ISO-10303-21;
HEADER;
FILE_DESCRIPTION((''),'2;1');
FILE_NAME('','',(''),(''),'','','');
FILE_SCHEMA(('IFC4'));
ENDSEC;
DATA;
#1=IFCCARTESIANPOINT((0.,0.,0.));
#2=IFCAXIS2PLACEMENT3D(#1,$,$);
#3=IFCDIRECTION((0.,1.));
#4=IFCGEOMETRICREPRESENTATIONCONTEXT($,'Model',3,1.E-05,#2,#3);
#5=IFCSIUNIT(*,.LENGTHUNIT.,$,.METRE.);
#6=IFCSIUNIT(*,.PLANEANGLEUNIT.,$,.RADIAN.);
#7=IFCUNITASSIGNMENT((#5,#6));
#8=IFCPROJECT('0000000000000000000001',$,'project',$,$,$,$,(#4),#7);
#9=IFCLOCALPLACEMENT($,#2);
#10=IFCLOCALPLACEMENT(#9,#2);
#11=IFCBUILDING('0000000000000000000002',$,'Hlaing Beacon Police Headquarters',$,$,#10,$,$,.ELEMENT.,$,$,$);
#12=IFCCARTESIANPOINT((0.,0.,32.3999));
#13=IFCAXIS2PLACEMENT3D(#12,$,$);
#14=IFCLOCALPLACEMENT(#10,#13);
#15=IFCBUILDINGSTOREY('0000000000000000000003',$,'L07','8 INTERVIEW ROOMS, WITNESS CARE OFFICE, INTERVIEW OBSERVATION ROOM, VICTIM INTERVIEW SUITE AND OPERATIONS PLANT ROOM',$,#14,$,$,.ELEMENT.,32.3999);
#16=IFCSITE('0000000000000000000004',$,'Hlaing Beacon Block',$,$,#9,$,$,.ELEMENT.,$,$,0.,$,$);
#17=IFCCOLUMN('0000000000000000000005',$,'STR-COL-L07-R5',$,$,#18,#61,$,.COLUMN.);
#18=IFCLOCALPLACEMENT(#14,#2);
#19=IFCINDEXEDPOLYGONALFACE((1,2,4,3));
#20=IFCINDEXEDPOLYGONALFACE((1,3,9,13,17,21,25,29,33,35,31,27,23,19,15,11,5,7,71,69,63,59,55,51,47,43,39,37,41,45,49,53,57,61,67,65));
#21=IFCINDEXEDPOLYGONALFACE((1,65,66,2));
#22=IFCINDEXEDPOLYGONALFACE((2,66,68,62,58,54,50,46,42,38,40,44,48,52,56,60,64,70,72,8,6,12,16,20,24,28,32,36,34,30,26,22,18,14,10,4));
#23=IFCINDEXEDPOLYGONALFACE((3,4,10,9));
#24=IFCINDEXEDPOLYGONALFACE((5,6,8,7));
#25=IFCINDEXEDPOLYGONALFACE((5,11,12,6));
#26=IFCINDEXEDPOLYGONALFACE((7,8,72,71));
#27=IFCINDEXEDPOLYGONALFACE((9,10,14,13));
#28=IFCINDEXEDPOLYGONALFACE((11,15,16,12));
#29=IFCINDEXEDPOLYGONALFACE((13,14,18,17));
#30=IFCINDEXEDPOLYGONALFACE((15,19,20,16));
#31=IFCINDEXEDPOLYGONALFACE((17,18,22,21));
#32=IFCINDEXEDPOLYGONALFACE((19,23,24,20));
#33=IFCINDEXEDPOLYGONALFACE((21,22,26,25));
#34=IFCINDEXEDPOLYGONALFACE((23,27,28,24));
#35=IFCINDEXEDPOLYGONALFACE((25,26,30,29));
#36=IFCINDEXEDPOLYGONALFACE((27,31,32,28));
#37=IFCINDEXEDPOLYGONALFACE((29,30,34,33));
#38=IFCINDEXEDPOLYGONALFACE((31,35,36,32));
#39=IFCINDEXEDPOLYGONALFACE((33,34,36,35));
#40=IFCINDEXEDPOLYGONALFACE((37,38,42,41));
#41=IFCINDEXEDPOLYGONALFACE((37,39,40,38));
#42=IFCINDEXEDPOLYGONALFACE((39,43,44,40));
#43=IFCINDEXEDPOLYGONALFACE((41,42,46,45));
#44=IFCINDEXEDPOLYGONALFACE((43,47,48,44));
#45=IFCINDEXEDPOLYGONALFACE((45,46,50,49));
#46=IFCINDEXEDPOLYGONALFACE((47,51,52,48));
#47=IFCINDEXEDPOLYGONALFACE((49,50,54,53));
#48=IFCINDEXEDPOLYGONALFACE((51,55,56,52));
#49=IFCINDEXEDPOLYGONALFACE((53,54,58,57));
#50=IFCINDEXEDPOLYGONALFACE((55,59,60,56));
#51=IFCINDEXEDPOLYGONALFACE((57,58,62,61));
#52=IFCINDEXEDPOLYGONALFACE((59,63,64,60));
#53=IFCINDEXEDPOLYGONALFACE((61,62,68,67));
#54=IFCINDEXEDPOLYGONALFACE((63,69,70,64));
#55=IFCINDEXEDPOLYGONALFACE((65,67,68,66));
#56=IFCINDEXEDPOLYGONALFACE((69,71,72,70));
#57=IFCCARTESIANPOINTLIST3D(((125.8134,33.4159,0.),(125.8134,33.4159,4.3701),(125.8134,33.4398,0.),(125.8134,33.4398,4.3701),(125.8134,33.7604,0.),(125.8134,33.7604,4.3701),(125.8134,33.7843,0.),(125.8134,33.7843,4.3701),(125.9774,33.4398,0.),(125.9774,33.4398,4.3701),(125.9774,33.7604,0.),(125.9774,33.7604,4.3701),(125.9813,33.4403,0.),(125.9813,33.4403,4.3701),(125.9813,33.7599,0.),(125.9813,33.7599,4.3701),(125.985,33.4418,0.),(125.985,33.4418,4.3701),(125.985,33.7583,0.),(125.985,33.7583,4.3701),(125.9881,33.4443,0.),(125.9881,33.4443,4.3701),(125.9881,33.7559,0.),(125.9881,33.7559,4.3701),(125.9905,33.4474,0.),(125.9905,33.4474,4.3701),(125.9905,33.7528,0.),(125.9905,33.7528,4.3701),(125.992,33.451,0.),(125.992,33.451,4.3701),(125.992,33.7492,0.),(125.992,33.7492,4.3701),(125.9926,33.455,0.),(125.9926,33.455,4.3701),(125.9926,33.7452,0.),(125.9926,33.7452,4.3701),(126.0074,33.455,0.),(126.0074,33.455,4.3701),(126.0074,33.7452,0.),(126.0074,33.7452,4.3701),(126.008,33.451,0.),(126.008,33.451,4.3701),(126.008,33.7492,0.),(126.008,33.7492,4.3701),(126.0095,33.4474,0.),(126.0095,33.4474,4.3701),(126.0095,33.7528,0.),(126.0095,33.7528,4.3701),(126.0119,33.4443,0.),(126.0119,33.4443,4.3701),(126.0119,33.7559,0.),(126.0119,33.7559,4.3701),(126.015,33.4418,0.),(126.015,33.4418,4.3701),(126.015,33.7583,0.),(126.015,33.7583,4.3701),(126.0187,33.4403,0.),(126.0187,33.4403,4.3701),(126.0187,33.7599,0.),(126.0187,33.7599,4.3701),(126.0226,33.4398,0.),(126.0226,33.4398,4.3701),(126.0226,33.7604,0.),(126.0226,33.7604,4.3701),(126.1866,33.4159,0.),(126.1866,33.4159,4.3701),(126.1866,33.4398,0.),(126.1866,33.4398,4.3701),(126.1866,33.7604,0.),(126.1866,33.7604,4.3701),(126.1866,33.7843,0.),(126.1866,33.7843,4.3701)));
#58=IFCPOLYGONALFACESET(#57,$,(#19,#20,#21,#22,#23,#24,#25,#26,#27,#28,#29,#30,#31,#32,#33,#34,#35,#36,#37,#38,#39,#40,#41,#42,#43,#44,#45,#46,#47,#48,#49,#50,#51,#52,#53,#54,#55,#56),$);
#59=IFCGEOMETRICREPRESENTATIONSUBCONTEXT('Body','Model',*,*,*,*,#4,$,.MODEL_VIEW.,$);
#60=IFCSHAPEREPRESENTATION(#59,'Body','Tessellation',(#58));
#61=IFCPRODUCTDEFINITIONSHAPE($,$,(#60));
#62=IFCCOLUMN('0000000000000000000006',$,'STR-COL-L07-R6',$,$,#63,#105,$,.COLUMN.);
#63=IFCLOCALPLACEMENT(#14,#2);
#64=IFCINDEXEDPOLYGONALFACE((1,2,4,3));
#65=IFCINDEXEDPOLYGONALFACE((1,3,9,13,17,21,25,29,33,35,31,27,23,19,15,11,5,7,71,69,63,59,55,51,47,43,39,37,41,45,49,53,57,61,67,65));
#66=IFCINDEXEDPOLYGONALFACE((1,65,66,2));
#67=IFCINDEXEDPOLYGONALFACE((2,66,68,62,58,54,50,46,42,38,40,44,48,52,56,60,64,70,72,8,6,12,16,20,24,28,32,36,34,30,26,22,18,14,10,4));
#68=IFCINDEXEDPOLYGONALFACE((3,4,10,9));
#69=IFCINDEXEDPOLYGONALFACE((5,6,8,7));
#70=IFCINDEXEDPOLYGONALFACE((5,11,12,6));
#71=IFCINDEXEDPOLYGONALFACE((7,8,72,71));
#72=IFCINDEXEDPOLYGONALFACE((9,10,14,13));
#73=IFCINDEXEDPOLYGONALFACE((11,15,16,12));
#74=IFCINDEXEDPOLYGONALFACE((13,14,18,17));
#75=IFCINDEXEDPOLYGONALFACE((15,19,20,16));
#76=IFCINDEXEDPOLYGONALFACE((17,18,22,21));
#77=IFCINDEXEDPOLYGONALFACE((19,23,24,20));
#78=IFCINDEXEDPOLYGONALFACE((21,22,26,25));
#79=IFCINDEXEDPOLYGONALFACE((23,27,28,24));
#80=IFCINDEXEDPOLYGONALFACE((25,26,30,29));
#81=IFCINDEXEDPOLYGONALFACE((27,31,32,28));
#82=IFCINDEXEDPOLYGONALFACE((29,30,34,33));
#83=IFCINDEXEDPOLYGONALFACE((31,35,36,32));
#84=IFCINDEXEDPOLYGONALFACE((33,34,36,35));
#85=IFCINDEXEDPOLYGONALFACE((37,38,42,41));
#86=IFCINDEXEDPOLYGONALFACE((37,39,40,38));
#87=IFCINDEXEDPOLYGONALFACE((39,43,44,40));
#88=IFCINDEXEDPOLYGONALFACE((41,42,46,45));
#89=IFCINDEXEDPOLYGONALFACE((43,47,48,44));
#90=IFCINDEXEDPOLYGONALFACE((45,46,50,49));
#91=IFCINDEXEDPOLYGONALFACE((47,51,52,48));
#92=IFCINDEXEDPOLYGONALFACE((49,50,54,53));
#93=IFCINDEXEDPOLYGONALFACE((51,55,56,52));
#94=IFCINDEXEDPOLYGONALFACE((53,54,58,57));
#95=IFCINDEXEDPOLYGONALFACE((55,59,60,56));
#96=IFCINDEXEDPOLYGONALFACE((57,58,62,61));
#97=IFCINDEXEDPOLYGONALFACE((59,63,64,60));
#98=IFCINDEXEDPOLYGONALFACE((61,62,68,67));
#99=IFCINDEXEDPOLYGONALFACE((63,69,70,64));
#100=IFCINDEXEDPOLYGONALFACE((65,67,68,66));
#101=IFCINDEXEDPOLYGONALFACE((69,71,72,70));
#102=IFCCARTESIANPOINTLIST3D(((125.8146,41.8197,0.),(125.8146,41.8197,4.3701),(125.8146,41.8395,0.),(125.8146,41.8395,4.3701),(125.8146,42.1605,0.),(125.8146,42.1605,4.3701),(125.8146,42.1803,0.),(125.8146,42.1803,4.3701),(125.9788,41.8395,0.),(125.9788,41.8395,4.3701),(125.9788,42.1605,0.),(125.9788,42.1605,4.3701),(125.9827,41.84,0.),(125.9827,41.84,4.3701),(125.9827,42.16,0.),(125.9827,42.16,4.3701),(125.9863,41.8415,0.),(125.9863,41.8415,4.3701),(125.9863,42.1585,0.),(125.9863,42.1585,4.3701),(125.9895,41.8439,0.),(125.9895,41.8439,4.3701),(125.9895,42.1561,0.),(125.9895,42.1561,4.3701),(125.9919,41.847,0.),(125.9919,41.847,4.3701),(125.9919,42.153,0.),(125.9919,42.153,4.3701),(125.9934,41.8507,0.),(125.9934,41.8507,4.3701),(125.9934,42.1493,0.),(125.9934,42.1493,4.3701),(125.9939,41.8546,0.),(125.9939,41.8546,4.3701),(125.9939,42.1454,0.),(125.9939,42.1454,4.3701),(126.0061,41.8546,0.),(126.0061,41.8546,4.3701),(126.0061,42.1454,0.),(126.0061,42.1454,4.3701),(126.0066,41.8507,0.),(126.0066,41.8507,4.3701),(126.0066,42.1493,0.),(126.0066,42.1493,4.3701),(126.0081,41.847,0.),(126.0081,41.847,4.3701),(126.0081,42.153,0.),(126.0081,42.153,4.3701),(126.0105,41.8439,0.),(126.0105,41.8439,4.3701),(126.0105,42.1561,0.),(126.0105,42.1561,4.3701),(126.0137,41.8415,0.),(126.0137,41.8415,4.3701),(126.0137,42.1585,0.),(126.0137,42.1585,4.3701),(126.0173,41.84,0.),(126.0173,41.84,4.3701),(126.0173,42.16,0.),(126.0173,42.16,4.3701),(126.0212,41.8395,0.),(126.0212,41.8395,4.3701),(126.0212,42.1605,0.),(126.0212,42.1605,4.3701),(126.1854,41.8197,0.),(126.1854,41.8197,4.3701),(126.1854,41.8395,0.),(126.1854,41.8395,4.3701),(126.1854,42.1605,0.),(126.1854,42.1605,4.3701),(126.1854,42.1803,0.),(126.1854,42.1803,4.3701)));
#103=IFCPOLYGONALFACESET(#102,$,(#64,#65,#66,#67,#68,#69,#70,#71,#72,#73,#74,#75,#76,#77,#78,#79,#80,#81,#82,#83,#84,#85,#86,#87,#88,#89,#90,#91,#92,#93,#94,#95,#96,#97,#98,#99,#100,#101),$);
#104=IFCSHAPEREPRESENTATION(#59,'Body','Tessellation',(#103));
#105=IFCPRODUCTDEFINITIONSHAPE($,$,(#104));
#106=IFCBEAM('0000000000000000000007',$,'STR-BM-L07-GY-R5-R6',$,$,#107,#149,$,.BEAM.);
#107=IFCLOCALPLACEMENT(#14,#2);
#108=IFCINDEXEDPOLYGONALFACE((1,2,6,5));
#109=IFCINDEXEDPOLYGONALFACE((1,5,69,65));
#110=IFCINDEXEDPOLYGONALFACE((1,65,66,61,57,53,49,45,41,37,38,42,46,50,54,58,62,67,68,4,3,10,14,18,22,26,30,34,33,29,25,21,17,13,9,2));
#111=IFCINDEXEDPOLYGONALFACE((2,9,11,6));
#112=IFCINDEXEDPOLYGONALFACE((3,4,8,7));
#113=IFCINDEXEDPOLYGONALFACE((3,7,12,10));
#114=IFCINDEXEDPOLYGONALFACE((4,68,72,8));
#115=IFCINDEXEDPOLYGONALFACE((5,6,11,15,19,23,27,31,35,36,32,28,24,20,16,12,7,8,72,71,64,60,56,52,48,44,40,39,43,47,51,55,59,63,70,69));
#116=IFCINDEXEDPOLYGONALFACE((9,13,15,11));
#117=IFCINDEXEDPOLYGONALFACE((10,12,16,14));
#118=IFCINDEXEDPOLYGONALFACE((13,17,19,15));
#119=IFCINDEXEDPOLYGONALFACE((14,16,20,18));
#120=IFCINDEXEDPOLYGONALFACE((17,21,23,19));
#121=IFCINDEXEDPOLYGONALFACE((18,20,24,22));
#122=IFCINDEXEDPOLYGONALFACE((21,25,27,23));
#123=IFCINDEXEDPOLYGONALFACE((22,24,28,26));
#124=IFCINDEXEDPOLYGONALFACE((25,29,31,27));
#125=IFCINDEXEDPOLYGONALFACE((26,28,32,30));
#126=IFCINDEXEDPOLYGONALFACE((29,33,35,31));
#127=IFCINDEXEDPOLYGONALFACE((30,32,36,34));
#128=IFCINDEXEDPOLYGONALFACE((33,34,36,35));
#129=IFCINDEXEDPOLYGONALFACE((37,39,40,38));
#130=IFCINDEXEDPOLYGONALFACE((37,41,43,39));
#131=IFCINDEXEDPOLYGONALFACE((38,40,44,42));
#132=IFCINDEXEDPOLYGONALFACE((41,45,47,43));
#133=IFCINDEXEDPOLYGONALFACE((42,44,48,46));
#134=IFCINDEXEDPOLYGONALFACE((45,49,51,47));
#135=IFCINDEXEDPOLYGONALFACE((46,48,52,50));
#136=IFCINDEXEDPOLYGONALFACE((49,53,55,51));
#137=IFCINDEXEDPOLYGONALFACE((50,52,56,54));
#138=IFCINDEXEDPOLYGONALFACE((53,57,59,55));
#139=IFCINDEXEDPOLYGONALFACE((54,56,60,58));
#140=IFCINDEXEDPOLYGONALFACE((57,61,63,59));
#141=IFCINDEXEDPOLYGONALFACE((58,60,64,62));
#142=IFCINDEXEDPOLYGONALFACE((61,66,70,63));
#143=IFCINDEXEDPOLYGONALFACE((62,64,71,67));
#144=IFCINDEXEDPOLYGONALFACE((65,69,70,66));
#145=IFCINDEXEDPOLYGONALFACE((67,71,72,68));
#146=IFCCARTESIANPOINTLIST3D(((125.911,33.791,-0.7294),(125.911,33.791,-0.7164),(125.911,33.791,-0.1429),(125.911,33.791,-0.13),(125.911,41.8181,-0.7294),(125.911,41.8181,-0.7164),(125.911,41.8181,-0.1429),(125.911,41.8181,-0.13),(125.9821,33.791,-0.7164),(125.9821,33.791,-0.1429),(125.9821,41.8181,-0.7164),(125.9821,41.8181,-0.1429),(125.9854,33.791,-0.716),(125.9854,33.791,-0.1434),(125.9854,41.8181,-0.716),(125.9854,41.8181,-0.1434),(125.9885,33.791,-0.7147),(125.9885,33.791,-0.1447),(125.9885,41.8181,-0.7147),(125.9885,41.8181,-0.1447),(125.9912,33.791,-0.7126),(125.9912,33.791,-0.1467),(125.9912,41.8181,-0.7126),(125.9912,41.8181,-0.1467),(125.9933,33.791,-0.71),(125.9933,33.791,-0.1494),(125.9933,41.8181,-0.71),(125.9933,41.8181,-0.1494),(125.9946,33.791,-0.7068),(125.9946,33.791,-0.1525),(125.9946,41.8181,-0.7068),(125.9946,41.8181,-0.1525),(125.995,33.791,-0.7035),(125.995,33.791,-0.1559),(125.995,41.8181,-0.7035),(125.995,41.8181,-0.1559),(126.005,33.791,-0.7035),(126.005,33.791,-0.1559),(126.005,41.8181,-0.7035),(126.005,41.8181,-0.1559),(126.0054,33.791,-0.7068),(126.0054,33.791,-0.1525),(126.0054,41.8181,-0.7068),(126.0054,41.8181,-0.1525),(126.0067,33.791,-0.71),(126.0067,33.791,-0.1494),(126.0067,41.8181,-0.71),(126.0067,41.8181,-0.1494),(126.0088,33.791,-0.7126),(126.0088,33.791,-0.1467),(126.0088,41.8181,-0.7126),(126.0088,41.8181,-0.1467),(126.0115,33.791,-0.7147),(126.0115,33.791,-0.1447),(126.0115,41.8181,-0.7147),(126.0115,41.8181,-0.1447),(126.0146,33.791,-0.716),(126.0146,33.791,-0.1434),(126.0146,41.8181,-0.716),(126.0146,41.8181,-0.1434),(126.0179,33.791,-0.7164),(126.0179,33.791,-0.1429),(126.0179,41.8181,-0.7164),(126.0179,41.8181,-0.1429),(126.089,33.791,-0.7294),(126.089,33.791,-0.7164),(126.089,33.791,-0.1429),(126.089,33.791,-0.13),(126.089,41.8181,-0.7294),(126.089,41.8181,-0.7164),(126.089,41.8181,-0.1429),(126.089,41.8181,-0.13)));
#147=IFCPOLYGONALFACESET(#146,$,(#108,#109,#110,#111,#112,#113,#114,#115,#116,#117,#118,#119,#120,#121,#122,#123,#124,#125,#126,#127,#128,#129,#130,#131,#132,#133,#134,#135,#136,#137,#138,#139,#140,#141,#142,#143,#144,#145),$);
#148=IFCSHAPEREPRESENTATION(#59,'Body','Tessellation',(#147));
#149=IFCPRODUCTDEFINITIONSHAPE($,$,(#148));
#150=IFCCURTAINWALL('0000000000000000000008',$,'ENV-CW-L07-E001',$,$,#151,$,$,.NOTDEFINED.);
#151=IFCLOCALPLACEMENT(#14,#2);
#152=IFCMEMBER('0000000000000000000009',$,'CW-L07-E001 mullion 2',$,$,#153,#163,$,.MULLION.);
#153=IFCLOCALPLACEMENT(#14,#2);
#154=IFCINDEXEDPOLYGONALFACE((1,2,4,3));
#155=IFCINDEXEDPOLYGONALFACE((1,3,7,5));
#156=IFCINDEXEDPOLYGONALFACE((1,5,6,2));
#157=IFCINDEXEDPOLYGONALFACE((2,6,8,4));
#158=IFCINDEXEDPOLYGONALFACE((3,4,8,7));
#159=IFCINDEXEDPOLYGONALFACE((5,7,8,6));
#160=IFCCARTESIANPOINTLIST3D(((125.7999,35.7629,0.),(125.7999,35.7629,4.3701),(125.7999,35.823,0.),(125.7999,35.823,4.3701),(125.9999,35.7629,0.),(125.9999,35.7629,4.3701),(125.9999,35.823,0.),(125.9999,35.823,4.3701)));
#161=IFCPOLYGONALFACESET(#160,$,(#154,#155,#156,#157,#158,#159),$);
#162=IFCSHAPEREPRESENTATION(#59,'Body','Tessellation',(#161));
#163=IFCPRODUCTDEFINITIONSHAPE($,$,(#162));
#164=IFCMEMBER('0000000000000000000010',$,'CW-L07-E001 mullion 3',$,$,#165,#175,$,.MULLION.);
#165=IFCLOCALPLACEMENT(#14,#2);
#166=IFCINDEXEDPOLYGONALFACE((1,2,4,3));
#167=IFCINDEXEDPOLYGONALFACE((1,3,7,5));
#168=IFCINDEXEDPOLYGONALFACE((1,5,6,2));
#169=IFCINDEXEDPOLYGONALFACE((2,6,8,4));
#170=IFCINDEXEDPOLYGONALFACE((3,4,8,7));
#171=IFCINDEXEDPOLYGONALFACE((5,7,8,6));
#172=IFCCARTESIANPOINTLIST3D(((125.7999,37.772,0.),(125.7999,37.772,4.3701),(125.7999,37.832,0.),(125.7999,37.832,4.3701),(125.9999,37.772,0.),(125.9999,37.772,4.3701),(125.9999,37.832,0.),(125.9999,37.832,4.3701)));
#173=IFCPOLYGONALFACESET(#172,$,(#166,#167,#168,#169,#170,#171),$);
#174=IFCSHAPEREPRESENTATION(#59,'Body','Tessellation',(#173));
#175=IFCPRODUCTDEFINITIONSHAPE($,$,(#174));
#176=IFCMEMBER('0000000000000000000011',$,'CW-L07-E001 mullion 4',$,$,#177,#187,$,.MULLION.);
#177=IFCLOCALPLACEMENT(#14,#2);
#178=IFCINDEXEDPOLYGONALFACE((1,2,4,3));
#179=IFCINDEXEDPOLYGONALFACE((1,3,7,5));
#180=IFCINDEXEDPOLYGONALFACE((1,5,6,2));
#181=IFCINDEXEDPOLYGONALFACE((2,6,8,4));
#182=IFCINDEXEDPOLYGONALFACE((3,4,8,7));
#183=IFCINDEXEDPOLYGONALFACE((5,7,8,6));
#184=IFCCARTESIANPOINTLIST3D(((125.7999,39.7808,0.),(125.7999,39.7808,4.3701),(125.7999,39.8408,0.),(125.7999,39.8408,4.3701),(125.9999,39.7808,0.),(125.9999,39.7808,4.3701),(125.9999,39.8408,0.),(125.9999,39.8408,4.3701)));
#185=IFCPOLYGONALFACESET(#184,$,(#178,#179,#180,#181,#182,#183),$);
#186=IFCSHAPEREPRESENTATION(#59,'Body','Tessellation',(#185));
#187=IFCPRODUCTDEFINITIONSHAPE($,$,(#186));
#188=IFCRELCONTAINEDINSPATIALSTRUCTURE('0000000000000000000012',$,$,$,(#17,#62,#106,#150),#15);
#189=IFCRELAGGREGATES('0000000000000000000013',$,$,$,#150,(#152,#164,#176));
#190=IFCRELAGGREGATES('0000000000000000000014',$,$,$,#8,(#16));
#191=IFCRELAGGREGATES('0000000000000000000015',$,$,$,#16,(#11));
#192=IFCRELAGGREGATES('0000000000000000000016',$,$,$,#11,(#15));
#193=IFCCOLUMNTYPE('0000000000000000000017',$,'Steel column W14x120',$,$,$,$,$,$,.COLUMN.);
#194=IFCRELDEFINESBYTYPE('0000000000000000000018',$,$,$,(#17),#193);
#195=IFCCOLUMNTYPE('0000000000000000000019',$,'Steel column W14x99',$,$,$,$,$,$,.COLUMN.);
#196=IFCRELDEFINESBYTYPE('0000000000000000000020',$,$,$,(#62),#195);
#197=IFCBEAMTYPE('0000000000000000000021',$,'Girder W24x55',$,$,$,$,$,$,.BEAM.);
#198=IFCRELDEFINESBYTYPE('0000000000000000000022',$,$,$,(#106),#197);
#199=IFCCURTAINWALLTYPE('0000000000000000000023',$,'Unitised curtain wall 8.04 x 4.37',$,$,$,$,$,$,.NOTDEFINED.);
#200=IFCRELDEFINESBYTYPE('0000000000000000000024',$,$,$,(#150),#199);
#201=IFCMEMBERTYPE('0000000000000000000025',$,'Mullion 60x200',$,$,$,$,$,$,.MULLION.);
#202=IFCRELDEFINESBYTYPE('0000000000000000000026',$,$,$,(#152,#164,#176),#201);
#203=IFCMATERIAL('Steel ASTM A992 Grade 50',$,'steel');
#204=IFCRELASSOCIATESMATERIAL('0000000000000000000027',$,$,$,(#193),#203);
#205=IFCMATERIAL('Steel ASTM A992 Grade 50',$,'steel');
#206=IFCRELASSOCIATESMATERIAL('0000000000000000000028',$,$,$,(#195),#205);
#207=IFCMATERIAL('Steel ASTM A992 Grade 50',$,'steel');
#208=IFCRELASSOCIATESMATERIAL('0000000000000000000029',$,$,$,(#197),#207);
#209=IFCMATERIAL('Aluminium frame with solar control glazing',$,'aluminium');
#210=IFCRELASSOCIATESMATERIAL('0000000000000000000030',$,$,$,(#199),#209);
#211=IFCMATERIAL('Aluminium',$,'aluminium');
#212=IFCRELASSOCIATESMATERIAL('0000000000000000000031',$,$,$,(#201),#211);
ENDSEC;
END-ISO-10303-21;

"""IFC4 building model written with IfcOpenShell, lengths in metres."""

from ifc_helpers import new_model, si_unit, direction, frame, origin, origin_2d, place, context, subcontext, project, spatial, rectangle, i_section, extrude, material, material_profile, profile_set, type_object, element, aggregate, save


model = new_model("IFC4")

# Units and contexts
model_context = context("Model", 3, precision=1e-05, world=origin(), true_north=direction((0.0, 1.0)))
body_context = subcontext(model_context, "Body", "Model", "MODEL_VIEW")
ifc_project = project(units=[si_unit("LENGTHUNIT", "METRE"), si_unit("PLANEANGLEUNIT", "RADIAN")], contexts=[model_context])

# Site, building, storey
site_placement = place(None, origin())
site = spatial("IfcSite", under=ifc_project, at=site_placement, Name="Hlaing Beacon Block", CompositionType="ELEMENT", RefElevation=0.0)
building_placement = place(site_placement, origin())
building = spatial("IfcBuilding", under=site, at=building_placement, Name="Hlaing Beacon Police Headquarters", CompositionType="ELEMENT")
storey_placement = place(building_placement, frame((0.0, 0.0, 32.3999)))
storey = spatial("IfcBuildingStorey", under=building, at=storey_placement, Name="L07", Description="8 INTERVIEW ROOMS, WITNESS CARE OFFICE, INTERVIEW OBSERVATION ROOM, VICTIM INTERVIEW SUITE AND OPERATIONS PLANT ROOM", CompositionType="ELEMENT", Elevation=32.3999)

# Columns
ifc_material_1 = material(Name="Steel ASTM A992 Grade 50", Category="steel")
ifc_material_profile_1 = material_profile(ifc_material_1, i_section(OverallWidth=0.3733, OverallDepth=0.3684, WebThickness=0.0149, FlangeThickness=0.0239, FilletRadius=0.0151, at=origin_2d()), Name="W14x120")
ifc_profile_set_1 = profile_set([ifc_material_profile_1], Name="Steel ASTM A992 Grade 50")
column_type_1 = type_object("IfcColumnType", Name="Steel column W14x120", PredefinedType="COLUMN", material=ifc_profile_set_1)
column_1_placement = place(storey_placement, frame((126.0, 33.6001, 0.0), z_axis=(0.0, 0.0, 1.0), x_axis=(1.0, 0.0, 0.0)))
element("IfcColumn", 1, at=column_1_placement, inside=storey, type_object=column_type_1, Name="STR-COL-L07-R5", PredefinedType="COLUMN", context=body_context, shape_type="SweptSolid", body=[
    extrude(i_section(OverallWidth=0.3733, OverallDepth=0.3684, WebThickness=0.0149, FlangeThickness=0.0239, FilletRadius=0.0151, at=origin_2d()), origin(), (0.0, 0.0, 1.0), 4.3701),
])
ifc_material_2 = material(Name="Steel ASTM A992 Grade 50", Category="steel")
ifc_material_profile_2 = material_profile(ifc_material_2, i_section(OverallWidth=0.3708, OverallDepth=0.3606, WebThickness=0.0122, FlangeThickness=0.0198, FilletRadius=0.0151, at=origin_2d()), Name="W14x99")
ifc_profile_set_2 = profile_set([ifc_material_profile_2], Name="Steel ASTM A992 Grade 50")
column_type_2 = type_object("IfcColumnType", Name="Steel column W14x99", PredefinedType="COLUMN", material=ifc_profile_set_2)
column_2_placement = place(storey_placement, frame((126.0, 42.0, 0.0), z_axis=(0.0, 0.0, 1.0), x_axis=(1.0, 0.0, 0.0)))
element("IfcColumn", 2, at=column_2_placement, inside=storey, type_object=column_type_2, Name="STR-COL-L07-R6", PredefinedType="COLUMN", context=body_context, shape_type="SweptSolid", body=[
    extrude(i_section(OverallWidth=0.3708, OverallDepth=0.3606, WebThickness=0.0122, FlangeThickness=0.0198, FilletRadius=0.0151, at=origin_2d()), origin(), (0.0, 0.0, 1.0), 4.3701),
])

# Beam
ifc_material_3 = material(Name="Steel ASTM A992 Grade 50", Category="steel")
ifc_material_profile_3 = material_profile(ifc_material_3, i_section(OverallWidth=0.178, OverallDepth=0.5994, WebThickness=0.01, FlangeThickness=0.0129, FilletRadius=0.0129, at=origin_2d()), Name="W24x55")
ifc_profile_set_3 = profile_set([ifc_material_profile_3], Name="Steel ASTM A992 Grade 50")
beam_type = type_object("IfcBeamType", Name="Girder W24x55", PredefinedType="BEAM", material=ifc_profile_set_3)
beam_placement = place(storey_placement, frame((126.0, 33.791, -0.4297), z_axis=(0.0, 1.0, 0.0), x_axis=(-1.0, 0.0, 0.0)))
element("IfcBeam", 3, at=beam_placement, inside=storey, type_object=beam_type, Name="STR-BM-L07-GY-R5-R6", PredefinedType="BEAM", context=body_context, shape_type="SweptSolid", body=[
    extrude(i_section(OverallWidth=0.178, OverallDepth=0.5994, WebThickness=0.01, FlangeThickness=0.0129, FilletRadius=0.0129, at=origin_2d()), origin(), (0.0, 0.0, 1.0), 8.0271),
])

# Curtain wall, members
ifc_material_4 = material(Name="Aluminium frame with solar control glazing", Category="aluminium")
curtain_wall_type = type_object("IfcCurtainWallType", Name="Unitised curtain wall 8.04 x 4.37", PredefinedType="NOTDEFINED", material=ifc_material_4)
curtain_wall_placement = place(storey_placement, origin())
curtain_wall = element("IfcCurtainWall", 4, at=curtain_wall_placement, inside=storey, type_object=curtain_wall_type, Name="ENV-CW-L07-E001", PredefinedType="NOTDEFINED")
ifc_material_5 = material(Name="Aluminium", Category="aluminium")
ifc_material_profile_4 = material_profile(ifc_material_5, rectangle(XDim=0.2, YDim=0.0601, at=origin_2d()), Name="Mullion 60x200")
ifc_profile_set_4 = profile_set([ifc_material_profile_4], Name="Aluminium")
member_type_1 = type_object("IfcMemberType", Name="Mullion 60x200", PredefinedType="MULLION", material=ifc_profile_set_4)
member_1_placement = place(storey_placement, frame((125.8999, 35.793, 0.0), z_axis=(0.0, 0.0, 1.0), x_axis=(-1.0, 0.0, 0.0)))
member_1 = element("IfcMember", 5, at=member_1_placement, type_object=member_type_1, Name="CW-L07-E001 mullion 2", PredefinedType="MULLION", context=body_context, shape_type="SweptSolid", body=[
    extrude(rectangle(XDim=0.2, YDim=0.0601, at=origin_2d()), origin(), (0.0, 0.0, 1.0), 4.3701),
])
member_2_placement = place(storey_placement, frame((125.8999, 37.802, 0.0), z_axis=(0.0, 0.0, 1.0), x_axis=(-1.0, 0.0, 0.0)))
member_2 = element("IfcMember", 6, at=member_2_placement, type_object=member_type_1, Name="CW-L07-E001 mullion 3", PredefinedType="MULLION", context=body_context, shape_type="SweptSolid", body=[
    extrude(rectangle(XDim=0.2, YDim=0.0601, at=origin_2d()), origin(), (0.0, 0.0, 1.0), 4.3701),
])
member_3_placement = place(storey_placement, frame((125.8999, 39.8108, 0.0), z_axis=(0.0, 0.0, 1.0), x_axis=(-1.0, 0.0, 0.0)))
member_3 = element("IfcMember", 7, at=member_3_placement, type_object=member_type_1, Name="CW-L07-E001 mullion 4", PredefinedType="MULLION", context=body_context, shape_type="SweptSolid", body=[
    extrude(rectangle(XDim=0.2, YDim=0.0601, at=origin_2d()), origin(), (0.0, 0.0, 1.0), 4.3701),
])
aggregate(curtain_wall, [member_1, member_2, member_3])

save(model, "model.ifc")
